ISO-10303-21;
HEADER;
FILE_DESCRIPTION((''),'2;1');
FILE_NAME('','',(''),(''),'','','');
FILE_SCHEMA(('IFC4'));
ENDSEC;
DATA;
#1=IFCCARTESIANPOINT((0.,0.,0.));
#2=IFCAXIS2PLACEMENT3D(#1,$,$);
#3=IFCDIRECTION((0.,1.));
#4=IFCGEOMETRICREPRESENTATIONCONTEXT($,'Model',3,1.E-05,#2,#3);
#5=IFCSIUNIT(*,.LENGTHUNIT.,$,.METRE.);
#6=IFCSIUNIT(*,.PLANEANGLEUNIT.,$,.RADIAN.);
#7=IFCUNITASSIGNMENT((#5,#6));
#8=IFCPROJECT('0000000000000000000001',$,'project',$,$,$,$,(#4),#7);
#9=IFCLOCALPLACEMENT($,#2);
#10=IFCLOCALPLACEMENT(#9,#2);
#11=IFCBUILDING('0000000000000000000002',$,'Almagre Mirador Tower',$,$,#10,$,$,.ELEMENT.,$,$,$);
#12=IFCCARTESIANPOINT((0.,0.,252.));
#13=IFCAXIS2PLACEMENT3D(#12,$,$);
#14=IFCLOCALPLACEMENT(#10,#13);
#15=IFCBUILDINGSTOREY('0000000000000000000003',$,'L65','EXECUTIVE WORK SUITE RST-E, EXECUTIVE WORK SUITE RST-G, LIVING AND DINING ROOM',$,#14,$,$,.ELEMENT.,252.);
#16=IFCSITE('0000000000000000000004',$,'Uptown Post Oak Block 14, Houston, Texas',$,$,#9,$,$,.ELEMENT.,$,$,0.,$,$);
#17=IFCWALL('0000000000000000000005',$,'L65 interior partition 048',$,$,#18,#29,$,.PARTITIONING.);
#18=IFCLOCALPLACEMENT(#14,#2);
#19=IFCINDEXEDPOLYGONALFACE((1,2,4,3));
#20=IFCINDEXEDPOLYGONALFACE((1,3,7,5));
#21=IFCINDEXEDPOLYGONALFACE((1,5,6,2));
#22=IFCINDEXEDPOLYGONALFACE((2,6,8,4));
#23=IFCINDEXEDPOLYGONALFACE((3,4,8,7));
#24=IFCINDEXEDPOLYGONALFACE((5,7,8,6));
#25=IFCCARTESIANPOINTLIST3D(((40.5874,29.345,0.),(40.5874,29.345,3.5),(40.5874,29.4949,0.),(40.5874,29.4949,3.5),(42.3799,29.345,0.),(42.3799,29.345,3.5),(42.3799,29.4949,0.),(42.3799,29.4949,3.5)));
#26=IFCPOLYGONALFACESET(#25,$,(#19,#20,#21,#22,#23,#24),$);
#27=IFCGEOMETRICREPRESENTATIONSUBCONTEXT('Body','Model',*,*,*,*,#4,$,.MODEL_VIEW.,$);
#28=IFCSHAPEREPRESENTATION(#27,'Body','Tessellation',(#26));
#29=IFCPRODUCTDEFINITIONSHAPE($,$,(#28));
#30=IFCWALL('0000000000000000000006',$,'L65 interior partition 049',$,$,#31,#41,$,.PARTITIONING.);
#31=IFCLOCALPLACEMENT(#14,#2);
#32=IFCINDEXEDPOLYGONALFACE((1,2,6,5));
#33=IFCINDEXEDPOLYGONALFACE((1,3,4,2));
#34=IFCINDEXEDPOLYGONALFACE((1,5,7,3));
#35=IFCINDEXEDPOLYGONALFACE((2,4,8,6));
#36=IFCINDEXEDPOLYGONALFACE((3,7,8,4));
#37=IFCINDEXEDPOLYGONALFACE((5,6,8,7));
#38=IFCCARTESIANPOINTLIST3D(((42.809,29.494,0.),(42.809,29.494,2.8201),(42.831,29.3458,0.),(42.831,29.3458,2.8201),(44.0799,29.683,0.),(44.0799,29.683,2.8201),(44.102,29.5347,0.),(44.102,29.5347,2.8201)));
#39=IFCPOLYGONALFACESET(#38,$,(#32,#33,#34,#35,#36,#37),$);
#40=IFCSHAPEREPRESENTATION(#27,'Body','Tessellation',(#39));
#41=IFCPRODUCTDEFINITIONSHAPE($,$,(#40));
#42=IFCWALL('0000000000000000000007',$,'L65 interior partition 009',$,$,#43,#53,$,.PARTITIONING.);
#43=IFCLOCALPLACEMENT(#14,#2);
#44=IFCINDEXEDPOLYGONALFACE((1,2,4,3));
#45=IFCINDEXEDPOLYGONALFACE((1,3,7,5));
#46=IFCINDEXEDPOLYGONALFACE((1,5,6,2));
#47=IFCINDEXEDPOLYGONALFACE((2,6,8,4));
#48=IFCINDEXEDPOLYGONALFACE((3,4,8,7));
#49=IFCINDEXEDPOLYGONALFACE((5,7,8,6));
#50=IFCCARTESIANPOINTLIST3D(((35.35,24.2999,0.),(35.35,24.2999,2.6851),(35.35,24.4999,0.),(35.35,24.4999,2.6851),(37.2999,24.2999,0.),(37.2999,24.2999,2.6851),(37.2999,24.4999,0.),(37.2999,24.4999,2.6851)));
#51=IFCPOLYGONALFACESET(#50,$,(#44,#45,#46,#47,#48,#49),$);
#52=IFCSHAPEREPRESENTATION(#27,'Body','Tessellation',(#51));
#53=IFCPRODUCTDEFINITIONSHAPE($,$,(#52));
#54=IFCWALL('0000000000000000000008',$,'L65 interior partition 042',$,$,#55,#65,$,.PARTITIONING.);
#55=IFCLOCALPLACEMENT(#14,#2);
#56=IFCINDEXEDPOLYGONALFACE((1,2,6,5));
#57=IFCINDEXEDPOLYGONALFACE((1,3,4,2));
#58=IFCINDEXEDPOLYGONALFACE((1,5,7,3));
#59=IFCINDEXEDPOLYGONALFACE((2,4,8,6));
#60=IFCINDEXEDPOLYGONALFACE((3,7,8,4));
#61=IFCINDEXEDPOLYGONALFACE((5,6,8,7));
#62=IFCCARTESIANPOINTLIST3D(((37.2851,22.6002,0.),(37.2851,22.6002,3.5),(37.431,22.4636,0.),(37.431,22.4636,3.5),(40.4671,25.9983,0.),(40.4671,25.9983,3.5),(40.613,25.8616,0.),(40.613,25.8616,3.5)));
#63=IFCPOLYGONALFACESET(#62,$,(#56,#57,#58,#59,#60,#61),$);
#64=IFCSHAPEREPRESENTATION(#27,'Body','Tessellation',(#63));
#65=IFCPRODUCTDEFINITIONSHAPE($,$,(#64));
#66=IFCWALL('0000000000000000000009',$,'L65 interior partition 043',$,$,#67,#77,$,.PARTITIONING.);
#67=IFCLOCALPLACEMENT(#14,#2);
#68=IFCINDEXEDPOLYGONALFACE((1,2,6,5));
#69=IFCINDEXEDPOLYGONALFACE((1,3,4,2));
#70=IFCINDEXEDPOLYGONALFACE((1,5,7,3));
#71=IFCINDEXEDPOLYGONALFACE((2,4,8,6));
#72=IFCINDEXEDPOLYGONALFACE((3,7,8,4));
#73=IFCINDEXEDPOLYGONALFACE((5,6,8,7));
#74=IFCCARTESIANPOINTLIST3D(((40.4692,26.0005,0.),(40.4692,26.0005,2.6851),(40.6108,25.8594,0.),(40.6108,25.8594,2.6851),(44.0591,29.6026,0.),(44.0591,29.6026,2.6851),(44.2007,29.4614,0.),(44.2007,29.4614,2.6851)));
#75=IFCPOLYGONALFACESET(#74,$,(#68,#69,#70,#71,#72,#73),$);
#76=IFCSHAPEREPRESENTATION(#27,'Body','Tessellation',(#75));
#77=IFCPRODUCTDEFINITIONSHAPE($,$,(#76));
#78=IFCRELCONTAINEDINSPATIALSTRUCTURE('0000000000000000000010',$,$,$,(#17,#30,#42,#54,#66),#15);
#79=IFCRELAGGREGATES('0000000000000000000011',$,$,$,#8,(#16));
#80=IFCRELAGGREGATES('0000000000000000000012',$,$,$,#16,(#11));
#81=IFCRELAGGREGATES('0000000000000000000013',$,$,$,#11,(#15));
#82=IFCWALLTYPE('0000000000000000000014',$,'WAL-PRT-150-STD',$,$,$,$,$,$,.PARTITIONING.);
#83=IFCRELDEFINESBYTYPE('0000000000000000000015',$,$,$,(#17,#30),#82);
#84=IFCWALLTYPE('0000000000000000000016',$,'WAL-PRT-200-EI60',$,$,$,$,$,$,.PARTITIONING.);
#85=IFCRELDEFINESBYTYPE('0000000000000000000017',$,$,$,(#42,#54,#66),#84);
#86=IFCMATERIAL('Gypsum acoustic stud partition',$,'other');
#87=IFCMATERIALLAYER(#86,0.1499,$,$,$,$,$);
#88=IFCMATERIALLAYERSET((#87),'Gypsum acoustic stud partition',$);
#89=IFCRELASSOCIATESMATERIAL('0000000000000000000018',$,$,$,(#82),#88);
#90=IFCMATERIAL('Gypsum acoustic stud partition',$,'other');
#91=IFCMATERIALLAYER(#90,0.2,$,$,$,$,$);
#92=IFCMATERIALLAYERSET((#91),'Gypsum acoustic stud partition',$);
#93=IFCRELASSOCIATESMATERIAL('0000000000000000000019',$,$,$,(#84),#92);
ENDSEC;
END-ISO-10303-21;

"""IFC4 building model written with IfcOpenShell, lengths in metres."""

from ifc_helpers import new_model, si_unit, direction, frame, frame_2d, origin, place, context, subcontext, project, spatial, rectangle, extrude, material, layer, layer_set, type_object, element, save


model = new_model("IFC4")

# Units and contexts
model_context = context("Model", 3, precision=1e-05, world=origin(), true_north=direction((0.0, 1.0)))
body_context = subcontext(model_context, "Body", "Model", "MODEL_VIEW")
ifc_project = project(units=[si_unit("LENGTHUNIT", "METRE"), si_unit("PLANEANGLEUNIT", "RADIAN")], contexts=[model_context])

# Site, building, storey
site_placement = place(None, origin())
site = spatial("IfcSite", under=ifc_project, at=site_placement, Name="Uptown Post Oak Block 14, Houston, Texas", CompositionType="ELEMENT", RefElevation=0.0)
building_placement = place(site_placement, origin())
building = spatial("IfcBuilding", under=site, at=building_placement, Name="Almagre Mirador Tower", CompositionType="ELEMENT")
storey_placement = place(building_placement, frame((0.0, 0.0, 252.0)))
storey = spatial("IfcBuildingStorey", under=building, at=storey_placement, Name="L65", Description="EXECUTIVE WORK SUITE RST-E, EXECUTIVE WORK SUITE RST-G, LIVING AND DINING ROOM", CompositionType="ELEMENT", Elevation=252.0)

# Walls
ifc_material_1 = material(Name="Gypsum acoustic stud partition", Category="other")
ifc_layer_1 = layer(ifc_material_1, 0.1499)
ifc_layer_set_1 = layer_set([ifc_layer_1], Name="Gypsum acoustic stud partition")
wall_type_1 = type_object("IfcWallType", Name="WAL-PRT-150-STD", PredefinedType="PARTITIONING", material=ifc_layer_set_1)
wall_1_placement = place(storey_placement, frame((42.3799, 29.4199, 0.0), z_axis=(0.0, 0.0, 1.0), x_axis=(-1.0, 0.0, 0.0)))
element("IfcWall", 1, at=wall_1_placement, inside=storey, type_object=wall_type_1, Name="L65 interior partition 048", PredefinedType="PARTITIONING", context=body_context, shape_type="SweptSolid", body=[
    extrude(rectangle(XDim=1.7925, YDim=0.1499, at=frame_2d((0.8962, 0.0))), origin(), (0.0, 0.0, 1.0), 3.5),
])
wall_2_placement = place(storey_placement, frame((44.0911, 29.6089, 0.0), z_axis=(0.0, 0.0, 1.0), x_axis=(-0.989128, -0.147058, 0.0)))
element("IfcWall", 2, at=wall_2_placement, inside=storey, type_object=wall_type_1, Name="L65 interior partition 049", PredefinedType="PARTITIONING", context=body_context, shape_type="SweptSolid", body=[
    extrude(rectangle(XDim=1.2849, YDim=0.1499, at=frame_2d((0.6426, 0.0))), origin(), (0.0, 0.0, 1.0), 2.8201),
])
ifc_material_2 = material(Name="Gypsum acoustic stud partition", Category="other")
ifc_layer_2 = layer(ifc_material_2, 0.2)
ifc_layer_set_2 = layer_set([ifc_layer_2], Name="Gypsum acoustic stud partition")
wall_type_2 = type_object("IfcWallType", Name="WAL-PRT-200-EI60", PredefinedType="PARTITIONING", material=ifc_layer_set_2)
wall_3_placement = place(storey_placement, frame((37.3, 24.3999, 0.0), z_axis=(0.0, 0.0, 1.0), x_axis=(-1.0, 0.0, 0.0)))
element("IfcWall", 3, at=wall_3_placement, inside=storey, type_object=wall_type_2, Name="L65 interior partition 009", PredefinedType="PARTITIONING", context=body_context, shape_type="SweptSolid", body=[
    extrude(rectangle(XDim=1.95, YDim=0.2, at=frame_2d((0.9751, 0.0))), origin(), (0.0, 0.0, 1.0), 2.6851),
])
wall_4_placement = place(storey_placement, frame((40.54, 25.9299, 0.0), z_axis=(0.0, 0.0, 1.0), x_axis=(-0.683519, -0.729933, 0.0)))
element("IfcWall", 4, at=wall_4_placement, inside=storey, type_object=wall_type_2, Name="L65 interior partition 042", PredefinedType="PARTITIONING", context=body_context, shape_type="SweptSolid", body=[
    extrude(rectangle(XDim=4.6553, YDim=0.2, at=frame_2d((2.3276, 0.0))), origin(), (0.0, 0.0, 1.0), 3.5),
])
wall_5_placement = place(storey_placement, frame((44.1299, 29.532, 0.0), z_axis=(0.0, 0.0, 1.0), x_axis=(-0.705906, -0.708306, 0.0)))
element("IfcWall", 5, at=wall_5_placement, inside=storey, type_object=wall_type_2, Name="L65 interior partition 043", PredefinedType="PARTITIONING", context=body_context, shape_type="SweptSolid", body=[
    extrude(rectangle(XDim=5.0854, YDim=0.2, at=frame_2d((2.5427, 0.0))), origin(), (0.0, 0.0, 1.0), 2.6851),
])

save(model, "model.ifc")
